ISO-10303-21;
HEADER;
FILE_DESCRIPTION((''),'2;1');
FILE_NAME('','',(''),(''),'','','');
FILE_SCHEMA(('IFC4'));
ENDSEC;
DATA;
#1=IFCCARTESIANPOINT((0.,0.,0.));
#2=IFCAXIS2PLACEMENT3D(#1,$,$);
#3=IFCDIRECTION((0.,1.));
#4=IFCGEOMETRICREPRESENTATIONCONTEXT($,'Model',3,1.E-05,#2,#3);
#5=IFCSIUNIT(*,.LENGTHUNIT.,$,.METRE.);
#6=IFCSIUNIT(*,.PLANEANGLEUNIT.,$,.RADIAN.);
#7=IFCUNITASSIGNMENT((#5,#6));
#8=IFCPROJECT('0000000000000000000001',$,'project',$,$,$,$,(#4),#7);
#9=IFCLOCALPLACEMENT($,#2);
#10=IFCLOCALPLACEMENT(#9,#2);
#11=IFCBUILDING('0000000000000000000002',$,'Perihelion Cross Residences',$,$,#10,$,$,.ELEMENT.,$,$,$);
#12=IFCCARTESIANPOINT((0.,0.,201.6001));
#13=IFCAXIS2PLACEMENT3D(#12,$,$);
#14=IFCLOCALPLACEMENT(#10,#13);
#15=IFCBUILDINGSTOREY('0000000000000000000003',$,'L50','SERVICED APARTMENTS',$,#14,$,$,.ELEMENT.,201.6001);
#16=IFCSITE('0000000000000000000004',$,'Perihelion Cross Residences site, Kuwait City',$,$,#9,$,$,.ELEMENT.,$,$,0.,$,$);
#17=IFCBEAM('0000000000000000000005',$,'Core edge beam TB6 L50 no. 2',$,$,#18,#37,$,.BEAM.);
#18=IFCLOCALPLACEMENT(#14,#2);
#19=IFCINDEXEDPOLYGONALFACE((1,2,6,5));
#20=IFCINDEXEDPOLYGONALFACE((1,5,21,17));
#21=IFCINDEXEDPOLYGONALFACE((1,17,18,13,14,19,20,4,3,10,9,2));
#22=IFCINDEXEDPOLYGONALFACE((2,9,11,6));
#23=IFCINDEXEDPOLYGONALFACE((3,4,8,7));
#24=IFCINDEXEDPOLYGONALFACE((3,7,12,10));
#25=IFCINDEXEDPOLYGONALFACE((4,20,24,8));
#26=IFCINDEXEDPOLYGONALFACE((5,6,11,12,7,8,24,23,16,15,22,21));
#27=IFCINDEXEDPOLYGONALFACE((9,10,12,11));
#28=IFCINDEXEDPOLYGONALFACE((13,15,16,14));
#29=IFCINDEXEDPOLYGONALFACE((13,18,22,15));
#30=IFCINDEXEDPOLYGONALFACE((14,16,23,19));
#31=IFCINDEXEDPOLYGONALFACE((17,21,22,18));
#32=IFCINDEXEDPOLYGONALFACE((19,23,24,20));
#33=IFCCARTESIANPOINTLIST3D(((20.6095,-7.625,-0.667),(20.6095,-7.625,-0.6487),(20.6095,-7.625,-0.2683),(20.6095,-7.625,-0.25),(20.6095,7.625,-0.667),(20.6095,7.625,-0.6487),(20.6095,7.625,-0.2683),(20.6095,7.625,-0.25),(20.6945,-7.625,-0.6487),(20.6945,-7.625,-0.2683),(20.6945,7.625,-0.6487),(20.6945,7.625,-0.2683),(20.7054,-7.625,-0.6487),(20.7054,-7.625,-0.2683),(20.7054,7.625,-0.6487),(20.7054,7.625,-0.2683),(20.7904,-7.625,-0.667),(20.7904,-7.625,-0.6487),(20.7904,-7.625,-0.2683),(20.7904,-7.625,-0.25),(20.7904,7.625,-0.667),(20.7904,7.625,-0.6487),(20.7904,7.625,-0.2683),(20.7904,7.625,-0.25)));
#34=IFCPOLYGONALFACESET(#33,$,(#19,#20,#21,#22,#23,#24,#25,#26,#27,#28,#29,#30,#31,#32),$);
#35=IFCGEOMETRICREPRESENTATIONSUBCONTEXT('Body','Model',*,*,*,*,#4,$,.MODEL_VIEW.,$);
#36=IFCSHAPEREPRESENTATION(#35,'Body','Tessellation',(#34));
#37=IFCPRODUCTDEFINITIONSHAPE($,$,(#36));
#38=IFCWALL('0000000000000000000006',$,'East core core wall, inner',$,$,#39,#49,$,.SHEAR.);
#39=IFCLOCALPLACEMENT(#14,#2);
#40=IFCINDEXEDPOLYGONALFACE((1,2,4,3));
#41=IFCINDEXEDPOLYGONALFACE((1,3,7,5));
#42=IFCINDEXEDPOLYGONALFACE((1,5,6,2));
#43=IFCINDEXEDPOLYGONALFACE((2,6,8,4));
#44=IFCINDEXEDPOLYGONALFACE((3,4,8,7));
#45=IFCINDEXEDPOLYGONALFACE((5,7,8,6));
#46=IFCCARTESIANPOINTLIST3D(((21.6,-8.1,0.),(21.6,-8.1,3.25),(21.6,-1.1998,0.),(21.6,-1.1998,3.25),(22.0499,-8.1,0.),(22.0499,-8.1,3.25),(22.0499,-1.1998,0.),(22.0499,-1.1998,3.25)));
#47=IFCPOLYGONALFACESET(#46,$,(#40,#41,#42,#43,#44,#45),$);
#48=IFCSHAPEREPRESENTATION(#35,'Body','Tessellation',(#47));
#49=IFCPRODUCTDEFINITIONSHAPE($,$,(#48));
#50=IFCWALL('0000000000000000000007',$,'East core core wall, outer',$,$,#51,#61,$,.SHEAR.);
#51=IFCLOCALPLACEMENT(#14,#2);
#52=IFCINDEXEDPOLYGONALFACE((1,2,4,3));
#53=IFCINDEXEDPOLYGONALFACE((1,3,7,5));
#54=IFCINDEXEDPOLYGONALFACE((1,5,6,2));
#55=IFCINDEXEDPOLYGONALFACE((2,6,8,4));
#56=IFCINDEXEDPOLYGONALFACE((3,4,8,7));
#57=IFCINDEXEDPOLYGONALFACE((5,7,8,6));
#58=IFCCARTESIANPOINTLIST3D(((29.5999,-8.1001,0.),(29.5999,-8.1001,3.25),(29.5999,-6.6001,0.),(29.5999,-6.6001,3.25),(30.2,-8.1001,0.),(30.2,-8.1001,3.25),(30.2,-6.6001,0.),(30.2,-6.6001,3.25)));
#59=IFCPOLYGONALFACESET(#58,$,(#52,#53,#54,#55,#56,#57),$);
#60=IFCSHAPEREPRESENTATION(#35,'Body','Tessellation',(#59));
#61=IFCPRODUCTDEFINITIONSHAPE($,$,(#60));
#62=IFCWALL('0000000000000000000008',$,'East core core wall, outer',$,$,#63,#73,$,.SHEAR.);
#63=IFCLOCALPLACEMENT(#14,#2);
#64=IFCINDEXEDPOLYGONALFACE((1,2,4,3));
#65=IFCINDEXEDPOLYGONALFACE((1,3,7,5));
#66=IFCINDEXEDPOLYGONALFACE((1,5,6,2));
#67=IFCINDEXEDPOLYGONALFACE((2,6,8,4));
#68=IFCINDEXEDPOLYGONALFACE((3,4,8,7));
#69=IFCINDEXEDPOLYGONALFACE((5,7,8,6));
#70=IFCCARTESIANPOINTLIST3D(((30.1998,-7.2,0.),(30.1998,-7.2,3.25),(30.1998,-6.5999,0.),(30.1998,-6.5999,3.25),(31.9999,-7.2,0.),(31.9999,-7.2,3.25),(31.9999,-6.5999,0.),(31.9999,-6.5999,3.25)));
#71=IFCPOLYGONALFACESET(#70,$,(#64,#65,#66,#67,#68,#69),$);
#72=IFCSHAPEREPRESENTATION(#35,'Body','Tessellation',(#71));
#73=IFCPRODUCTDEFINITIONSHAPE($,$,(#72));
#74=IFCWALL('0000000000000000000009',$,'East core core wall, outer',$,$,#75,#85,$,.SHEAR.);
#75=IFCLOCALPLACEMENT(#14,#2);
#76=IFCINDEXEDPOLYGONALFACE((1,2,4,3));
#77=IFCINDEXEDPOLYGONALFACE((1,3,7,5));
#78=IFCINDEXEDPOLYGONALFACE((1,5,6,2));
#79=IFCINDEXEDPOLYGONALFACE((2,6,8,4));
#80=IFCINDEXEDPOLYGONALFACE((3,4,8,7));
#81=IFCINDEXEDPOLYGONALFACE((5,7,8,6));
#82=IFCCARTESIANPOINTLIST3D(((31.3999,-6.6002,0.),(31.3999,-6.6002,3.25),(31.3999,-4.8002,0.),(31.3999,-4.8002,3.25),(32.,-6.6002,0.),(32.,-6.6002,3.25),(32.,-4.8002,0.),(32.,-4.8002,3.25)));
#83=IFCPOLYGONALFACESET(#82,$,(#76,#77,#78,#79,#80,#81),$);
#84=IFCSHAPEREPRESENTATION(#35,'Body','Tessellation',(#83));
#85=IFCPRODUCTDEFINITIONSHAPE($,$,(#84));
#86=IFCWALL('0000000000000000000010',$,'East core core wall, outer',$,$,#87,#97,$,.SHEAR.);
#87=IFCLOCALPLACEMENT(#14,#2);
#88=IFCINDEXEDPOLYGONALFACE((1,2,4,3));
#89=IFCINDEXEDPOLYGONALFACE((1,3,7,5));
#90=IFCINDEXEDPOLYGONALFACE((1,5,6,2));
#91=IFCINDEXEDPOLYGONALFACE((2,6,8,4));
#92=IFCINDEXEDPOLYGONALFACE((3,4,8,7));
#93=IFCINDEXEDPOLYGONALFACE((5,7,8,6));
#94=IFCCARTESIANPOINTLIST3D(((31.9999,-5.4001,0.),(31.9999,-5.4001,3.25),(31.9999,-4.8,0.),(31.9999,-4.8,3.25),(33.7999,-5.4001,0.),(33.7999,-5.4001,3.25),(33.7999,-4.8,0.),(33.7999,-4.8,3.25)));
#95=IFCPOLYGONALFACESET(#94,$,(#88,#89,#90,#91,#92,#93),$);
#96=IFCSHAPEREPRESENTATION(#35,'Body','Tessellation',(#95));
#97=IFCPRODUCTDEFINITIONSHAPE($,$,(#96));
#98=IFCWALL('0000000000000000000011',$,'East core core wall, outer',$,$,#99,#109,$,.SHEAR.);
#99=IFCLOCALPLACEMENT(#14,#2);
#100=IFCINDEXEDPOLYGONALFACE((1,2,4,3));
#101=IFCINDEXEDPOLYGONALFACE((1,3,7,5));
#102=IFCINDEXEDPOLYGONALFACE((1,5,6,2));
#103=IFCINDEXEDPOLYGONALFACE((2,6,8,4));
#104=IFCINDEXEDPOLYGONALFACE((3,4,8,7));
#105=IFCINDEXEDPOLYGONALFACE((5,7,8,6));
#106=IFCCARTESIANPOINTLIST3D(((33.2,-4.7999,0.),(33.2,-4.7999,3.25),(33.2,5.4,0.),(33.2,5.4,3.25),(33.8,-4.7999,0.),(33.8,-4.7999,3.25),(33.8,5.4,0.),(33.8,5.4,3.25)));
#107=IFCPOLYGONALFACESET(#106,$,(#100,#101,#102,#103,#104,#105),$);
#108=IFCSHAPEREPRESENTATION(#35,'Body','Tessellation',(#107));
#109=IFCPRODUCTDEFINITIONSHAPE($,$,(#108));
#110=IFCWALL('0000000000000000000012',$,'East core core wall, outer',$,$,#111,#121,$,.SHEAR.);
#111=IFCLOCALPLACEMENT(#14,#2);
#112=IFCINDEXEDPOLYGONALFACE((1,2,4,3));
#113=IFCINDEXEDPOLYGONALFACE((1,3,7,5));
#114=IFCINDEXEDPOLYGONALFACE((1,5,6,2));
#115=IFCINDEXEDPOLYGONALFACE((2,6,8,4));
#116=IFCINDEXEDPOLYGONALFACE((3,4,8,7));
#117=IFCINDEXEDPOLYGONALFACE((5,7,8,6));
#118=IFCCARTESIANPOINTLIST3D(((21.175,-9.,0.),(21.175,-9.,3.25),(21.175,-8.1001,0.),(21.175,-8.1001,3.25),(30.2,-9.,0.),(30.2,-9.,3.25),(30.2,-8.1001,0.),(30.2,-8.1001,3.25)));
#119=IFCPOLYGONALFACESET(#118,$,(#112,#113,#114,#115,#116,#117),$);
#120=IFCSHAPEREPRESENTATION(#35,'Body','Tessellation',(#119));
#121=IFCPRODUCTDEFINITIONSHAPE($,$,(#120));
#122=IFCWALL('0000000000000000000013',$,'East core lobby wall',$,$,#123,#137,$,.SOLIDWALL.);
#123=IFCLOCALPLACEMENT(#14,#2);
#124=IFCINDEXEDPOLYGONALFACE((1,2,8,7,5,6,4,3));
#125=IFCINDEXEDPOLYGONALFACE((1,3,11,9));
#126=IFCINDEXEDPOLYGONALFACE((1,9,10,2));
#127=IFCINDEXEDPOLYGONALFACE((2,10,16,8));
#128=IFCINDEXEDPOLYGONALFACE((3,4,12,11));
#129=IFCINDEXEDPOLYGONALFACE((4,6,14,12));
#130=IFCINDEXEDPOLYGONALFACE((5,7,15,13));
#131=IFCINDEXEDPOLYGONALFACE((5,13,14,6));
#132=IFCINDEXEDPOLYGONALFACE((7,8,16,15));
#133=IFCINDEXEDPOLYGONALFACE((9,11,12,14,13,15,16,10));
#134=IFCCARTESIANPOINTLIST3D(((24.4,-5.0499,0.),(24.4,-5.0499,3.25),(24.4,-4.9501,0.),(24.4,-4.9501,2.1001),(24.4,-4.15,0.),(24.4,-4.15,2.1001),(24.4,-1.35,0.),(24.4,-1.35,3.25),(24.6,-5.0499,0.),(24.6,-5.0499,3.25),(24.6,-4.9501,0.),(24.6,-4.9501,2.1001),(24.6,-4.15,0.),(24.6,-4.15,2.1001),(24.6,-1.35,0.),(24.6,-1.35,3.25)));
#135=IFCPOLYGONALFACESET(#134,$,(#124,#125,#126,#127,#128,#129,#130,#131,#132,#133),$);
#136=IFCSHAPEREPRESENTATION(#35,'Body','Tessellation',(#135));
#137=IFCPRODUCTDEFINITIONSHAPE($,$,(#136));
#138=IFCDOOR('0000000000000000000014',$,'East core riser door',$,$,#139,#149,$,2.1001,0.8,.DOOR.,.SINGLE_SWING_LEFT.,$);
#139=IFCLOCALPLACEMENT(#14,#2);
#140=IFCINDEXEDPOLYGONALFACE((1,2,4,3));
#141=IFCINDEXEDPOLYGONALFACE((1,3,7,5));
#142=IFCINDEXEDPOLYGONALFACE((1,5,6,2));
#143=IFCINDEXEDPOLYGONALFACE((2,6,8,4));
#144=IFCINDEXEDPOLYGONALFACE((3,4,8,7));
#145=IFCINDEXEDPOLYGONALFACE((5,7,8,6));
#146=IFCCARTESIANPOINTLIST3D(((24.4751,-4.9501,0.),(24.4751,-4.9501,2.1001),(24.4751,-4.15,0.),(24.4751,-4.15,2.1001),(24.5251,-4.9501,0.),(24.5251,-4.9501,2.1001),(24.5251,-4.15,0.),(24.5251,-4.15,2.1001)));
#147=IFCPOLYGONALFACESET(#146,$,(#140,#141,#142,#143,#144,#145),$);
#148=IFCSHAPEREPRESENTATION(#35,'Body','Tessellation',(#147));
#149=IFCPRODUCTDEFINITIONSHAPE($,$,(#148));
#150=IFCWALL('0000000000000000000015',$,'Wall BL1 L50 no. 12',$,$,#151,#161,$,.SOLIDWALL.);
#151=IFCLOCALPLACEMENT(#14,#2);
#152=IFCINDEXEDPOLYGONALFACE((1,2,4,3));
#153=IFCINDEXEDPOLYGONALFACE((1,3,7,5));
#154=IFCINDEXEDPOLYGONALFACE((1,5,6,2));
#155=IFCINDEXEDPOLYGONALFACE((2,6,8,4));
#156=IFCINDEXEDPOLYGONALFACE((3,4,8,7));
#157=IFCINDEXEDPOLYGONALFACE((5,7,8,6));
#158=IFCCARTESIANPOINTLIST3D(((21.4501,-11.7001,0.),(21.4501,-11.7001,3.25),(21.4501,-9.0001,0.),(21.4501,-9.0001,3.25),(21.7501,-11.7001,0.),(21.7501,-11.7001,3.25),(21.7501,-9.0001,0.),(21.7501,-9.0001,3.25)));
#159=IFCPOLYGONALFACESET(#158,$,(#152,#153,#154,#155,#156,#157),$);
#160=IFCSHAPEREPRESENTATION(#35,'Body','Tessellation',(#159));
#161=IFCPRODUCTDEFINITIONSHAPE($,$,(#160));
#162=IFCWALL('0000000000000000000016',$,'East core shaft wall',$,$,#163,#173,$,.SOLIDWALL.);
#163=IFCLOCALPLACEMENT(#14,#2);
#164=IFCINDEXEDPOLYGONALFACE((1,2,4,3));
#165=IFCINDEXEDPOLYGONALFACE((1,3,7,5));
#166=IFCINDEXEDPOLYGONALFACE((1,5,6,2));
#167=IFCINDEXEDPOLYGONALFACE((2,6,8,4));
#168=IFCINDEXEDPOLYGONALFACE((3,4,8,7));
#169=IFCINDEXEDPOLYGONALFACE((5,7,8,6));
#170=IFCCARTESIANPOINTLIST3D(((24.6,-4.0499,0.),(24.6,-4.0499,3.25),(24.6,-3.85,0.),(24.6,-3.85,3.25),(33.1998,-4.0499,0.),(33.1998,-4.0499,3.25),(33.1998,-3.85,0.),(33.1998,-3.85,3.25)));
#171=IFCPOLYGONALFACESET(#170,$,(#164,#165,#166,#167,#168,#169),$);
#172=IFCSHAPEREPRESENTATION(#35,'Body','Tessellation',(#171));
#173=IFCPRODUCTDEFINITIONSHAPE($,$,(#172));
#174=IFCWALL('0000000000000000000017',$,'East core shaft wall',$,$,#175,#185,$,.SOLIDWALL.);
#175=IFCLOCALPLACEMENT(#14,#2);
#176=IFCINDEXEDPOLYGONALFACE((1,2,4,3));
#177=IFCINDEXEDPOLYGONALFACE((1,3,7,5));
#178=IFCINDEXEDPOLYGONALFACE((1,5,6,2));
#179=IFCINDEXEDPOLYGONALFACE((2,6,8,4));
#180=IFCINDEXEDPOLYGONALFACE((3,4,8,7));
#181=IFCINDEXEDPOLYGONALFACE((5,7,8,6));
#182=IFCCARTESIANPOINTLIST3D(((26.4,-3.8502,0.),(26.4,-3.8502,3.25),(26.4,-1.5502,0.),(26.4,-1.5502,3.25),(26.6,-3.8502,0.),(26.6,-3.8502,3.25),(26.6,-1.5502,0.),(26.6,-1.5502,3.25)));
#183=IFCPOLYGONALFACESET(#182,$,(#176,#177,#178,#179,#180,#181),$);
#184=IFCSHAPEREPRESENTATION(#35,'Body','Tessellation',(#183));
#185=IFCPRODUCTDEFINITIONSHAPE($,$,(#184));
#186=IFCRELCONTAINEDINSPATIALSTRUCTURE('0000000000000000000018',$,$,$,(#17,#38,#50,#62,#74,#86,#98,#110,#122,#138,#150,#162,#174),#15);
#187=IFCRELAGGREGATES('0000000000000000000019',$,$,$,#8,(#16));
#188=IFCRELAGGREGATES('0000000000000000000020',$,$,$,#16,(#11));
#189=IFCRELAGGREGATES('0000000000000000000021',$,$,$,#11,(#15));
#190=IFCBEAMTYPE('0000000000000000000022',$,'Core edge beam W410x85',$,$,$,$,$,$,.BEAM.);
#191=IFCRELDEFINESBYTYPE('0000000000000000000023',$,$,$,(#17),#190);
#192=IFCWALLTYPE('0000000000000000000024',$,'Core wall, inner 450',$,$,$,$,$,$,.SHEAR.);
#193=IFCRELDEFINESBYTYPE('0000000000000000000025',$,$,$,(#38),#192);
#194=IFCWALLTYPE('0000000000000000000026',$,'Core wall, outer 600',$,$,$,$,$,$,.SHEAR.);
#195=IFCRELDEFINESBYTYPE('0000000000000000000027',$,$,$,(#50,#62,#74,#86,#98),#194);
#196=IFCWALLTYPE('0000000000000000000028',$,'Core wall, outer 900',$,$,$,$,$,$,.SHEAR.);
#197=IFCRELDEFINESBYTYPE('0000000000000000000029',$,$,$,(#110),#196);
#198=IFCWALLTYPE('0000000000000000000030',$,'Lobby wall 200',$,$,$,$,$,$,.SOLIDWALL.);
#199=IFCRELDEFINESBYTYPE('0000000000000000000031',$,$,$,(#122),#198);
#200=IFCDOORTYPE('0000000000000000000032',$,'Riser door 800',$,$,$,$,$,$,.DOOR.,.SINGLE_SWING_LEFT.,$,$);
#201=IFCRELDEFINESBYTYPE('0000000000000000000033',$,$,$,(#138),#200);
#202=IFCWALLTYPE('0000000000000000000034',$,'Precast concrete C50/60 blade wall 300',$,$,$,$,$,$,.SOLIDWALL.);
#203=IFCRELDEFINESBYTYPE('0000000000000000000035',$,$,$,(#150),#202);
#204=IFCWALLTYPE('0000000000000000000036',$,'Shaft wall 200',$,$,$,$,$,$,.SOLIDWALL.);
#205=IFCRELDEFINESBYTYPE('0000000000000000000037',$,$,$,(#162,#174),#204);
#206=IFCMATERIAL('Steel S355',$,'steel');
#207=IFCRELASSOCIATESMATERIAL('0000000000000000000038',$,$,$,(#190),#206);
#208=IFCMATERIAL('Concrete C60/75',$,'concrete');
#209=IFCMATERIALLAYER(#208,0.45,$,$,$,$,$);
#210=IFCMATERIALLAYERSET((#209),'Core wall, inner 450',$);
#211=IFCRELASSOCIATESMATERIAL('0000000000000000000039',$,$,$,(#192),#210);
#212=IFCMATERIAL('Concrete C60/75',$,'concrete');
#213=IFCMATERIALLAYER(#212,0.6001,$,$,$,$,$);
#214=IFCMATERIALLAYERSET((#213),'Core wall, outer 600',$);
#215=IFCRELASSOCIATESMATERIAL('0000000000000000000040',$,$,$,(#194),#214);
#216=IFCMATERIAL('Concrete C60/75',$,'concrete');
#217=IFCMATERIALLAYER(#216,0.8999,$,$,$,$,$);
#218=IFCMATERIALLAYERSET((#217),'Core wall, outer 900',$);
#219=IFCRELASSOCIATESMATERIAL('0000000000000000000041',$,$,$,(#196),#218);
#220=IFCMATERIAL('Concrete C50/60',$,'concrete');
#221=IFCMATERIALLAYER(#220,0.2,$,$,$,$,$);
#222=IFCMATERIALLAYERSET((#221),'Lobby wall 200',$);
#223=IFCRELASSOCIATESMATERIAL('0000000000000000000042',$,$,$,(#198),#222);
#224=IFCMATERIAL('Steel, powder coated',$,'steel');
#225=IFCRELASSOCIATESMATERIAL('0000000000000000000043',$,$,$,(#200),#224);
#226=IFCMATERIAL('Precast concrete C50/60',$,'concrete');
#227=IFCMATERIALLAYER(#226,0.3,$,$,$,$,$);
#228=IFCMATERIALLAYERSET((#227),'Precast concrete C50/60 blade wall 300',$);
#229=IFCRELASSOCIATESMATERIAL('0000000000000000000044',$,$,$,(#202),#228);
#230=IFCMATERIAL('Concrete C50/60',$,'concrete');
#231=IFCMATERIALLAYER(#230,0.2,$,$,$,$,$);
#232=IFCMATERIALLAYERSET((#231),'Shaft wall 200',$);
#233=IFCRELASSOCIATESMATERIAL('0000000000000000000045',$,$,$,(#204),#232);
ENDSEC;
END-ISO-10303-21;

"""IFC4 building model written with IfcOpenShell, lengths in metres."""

from ifc_helpers import new_model, si_unit, direction, frame, frame_2d, origin, origin_2d, place, context, subcontext, project, spatial, rectangle, i_section, extrude, material, layer, layer_set, material_profile, profile_set, type_object, element, fill, save


model = new_model("IFC4")

# Units and contexts
model_context = context("Model", 3, precision=1e-05, world=origin(), true_north=direction((0.0, 1.0)))
body_context = subcontext(model_context, "Body", "Model", "MODEL_VIEW")
ifc_project = project(units=[si_unit("LENGTHUNIT", "METRE"), si_unit("PLANEANGLEUNIT", "RADIAN")], contexts=[model_context])

# Site, building, storey
site_placement = place(None, origin())
site = spatial("IfcSite", under=ifc_project, at=site_placement, Name="Perihelion Cross Residences site, Kuwait City", CompositionType="ELEMENT", RefElevation=0.0)
building_placement = place(site_placement, origin())
building = spatial("IfcBuilding", under=site, at=building_placement, Name="Perihelion Cross Residences", CompositionType="ELEMENT")
storey_placement = place(building_placement, frame((0.0, 0.0, 201.6001)))
storey = spatial("IfcBuildingStorey", under=building, at=storey_placement, Name="L50", Description="SERVICED APARTMENTS", CompositionType="ELEMENT", Elevation=201.6001)

# Beam
ifc_material_1 = material(Name="Steel S355", Category="steel")
ifc_material_profile = material_profile(ifc_material_1, i_section(OverallWidth=0.1809, OverallDepth=0.417, WebThickness=0.011, FlangeThickness=0.0183, at=origin_2d()), Name="W410x85")
ifc_profile_set = profile_set([ifc_material_profile], Name="Steel S355")
beam_type = type_object("IfcBeamType", Name="Core edge beam W410x85", PredefinedType="BEAM", material=ifc_profile_set)
beam_placement = place(storey_placement, frame((20.7, -7.625, -0.4585), z_axis=(0.0, 1.0, 0.0), x_axis=(-1.0, 0.0, 0.0)))
element("IfcBeam", 1, at=beam_placement, inside=storey, type_object=beam_type, Name="Core edge beam TB6 L50 no. 2", PredefinedType="BEAM", context=body_context, shape_type="SweptSolid", body=[
    extrude(i_section(OverallWidth=0.1809, OverallDepth=0.417, WebThickness=0.011, FlangeThickness=0.0183, at=origin_2d()), origin(), (0.0, 0.0, 1.0), 15.25),
])

# Walls
ifc_material_2 = material(Name="Concrete C60/75", Category="concrete")
ifc_layer_1 = layer(ifc_material_2, 0.45)
ifc_layer_set_1 = layer_set([ifc_layer_1], Name="Core wall, inner 450")
wall_type_1 = type_object("IfcWallType", Name="Core wall, inner 450", PredefinedType="SHEAR", material=ifc_layer_set_1)
wall_1_placement = place(storey_placement, frame((21.825, -8.1001, 0.0), z_axis=(0.0, 0.0, 1.0), x_axis=(0.0, 1.0, 0.0)))
element("IfcWall", 2, at=wall_1_placement, inside=storey, type_object=wall_type_1, Name="East core core wall, inner", PredefinedType="SHEAR", context=body_context, shape_type="SweptSolid", body=[
    extrude(rectangle(XDim=6.9001, YDim=0.45, at=frame_2d((3.4502, 0.0))), origin(), (0.0, 0.0, 1.0), 3.25),
])
ifc_material_3 = material(Name="Concrete C60/75", Category="concrete")
ifc_layer_2 = layer(ifc_material_3, 0.6001)
ifc_layer_set_2 = layer_set([ifc_layer_2], Name="Core wall, outer 600")
wall_type_2 = type_object("IfcWallType", Name="Core wall, outer 600", PredefinedType="SHEAR", material=ifc_layer_set_2)
wall_2_placement = place(storey_placement, frame((29.8999, -8.1001, 0.0), z_axis=(0.0, 0.0, 1.0), x_axis=(0.0, 1.0, 0.0)))
element("IfcWall", 3, at=wall_2_placement, inside=storey, type_object=wall_type_2, Name="East core core wall, outer", PredefinedType="SHEAR", context=body_context, shape_type="SweptSolid", body=[
    extrude(rectangle(XDim=1.5, YDim=0.6001, at=frame_2d((0.75, 0.0))), origin(), (0.0, 0.0, 1.0), 3.25),
])
for number, where, z_axis, x_axis, name in (
    (4, (30.2, -6.8999, 0.0), (0.0, 0.0, 1.0), (1.0, 0.0, 0.0), "East core core wall, outer"),
    (5, (31.7, -6.6001, 0.0), (0.0, 0.0, 1.0), (0.0, 1.0, 0.0), "East core core wall, outer"),
    (6, (32.0, -5.1001, 0.0), (0.0, 0.0, 1.0), (1.0, 0.0, 0.0), "East core core wall, outer"),
):
    element("IfcWall", number, at=place(storey_placement, frame(where, z_axis=z_axis, x_axis=x_axis)), inside=storey, type_object=wall_type_2, Name=name, PredefinedType="SHEAR", context=body_context, shape_type="SweptSolid", body=[
        extrude(rectangle(XDim=1.8, YDim=0.6001, at=frame_2d((0.8999, 0.0))), origin(), (0.0, 0.0, 1.0), 3.25),
    ])
wall_3_placement = place(storey_placement, frame((33.5, -4.8, 0.0), z_axis=(0.0, 0.0, 1.0), x_axis=(0.0, 1.0, 0.0)))
element("IfcWall", 7, at=wall_3_placement, inside=storey, type_object=wall_type_2, Name="East core core wall, outer", PredefinedType="SHEAR", context=body_context, shape_type="SweptSolid", body=[
    extrude(rectangle(XDim=10.2, YDim=0.6001, at=frame_2d((5.1001, 0.0))), origin(), (0.0, 0.0, 1.0), 3.25),
])
ifc_material_4 = material(Name="Concrete C60/75", Category="concrete")
ifc_layer_3 = layer(ifc_material_4, 0.8999)
ifc_layer_set_3 = layer_set([ifc_layer_3], Name="Core wall, outer 900")
wall_type_3 = type_object("IfcWallType", Name="Core wall, outer 900", PredefinedType="SHEAR", material=ifc_layer_set_3)
wall_4_placement = place(storey_placement, frame((21.175, -8.55, 0.0), z_axis=(0.0, 0.0, 1.0), x_axis=(1.0, 0.0, 0.0)))
element("IfcWall", 8, at=wall_4_placement, inside=storey, type_object=wall_type_3, Name="East core core wall, outer", PredefinedType="SHEAR", context=body_context, shape_type="SweptSolid", body=[
    extrude(rectangle(XDim=9.0249, YDim=0.8999, at=frame_2d((4.5125, 0.0))), origin(), (0.0, 0.0, 1.0), 3.25),
])

# Wall, opening, door
ifc_material_5 = material(Name="Concrete C50/60", Category="concrete")
ifc_layer_4 = layer(ifc_material_5, 0.2)
ifc_layer_set_4 = layer_set([ifc_layer_4], Name="Lobby wall 200")
wall_type_4 = type_object("IfcWallType", Name="Lobby wall 200", PredefinedType="SOLIDWALL", material=ifc_layer_set_4)
wall_5_placement = place(storey_placement, frame((24.5, -5.05, 0.0), z_axis=(0.0, 0.0, 1.0), x_axis=(0.0, 1.0, 0.0)))
wall_5 = element("IfcWall", 9, at=wall_5_placement, inside=storey, type_object=wall_type_4, Name="East core lobby wall", PredefinedType="SOLIDWALL", context=body_context, shape_type="SweptSolid", body=[
    extrude(rectangle(XDim=3.7, YDim=0.2, at=frame_2d((1.8501, 0.0))), origin(), (0.0, 0.0, 1.0), 3.25),
])
opening_1_placement = place(wall_5_placement, frame((0.1001, 0.0, 0.0)))
opening_1 = element("IfcOpeningElement", 10, at=opening_1_placement, cuts=wall_5, PredefinedType="OPENING", context=body_context, shape_type="SweptSolid", body=[
    extrude(rectangle(XDim=0.8, YDim=2.1001, at=frame_2d((0.3999, 1.05))), frame((0.0, 0.1099, 0.0), z_axis=(0.0, -1.0, 0.0), x_axis=(1.0, 0.0, 0.0)), (0.0, 0.0, 1.0), 0.22),
])
ifc_material_6 = material(Name="Steel, powder coated", Category="steel")
door_type_1 = type_object("IfcDoorType", Name="Riser door 800", OperationType="SINGLE_SWING_LEFT", PredefinedType="DOOR", material=ifc_material_6)
door_1_placement = place(opening_1_placement, origin())
door_1 = element("IfcDoor", 11, at=door_1_placement, inside=storey, type_object=door_type_1, Name="East core riser door", OperationType="SINGLE_SWING_LEFT", OverallHeight=2.1001, OverallWidth=0.8, PredefinedType="DOOR", context=body_context, shape_type="SweptSolid", body=[
    extrude(rectangle(XDim=0.8, YDim=2.1001, at=frame_2d((0.3999, 1.05))), frame((0.0, 0.0249, 0.0), z_axis=(0.0, -1.0, 0.0), x_axis=(1.0, 0.0, 0.0)), (0.0, 0.0, 1.0), 0.05),
])
fill(opening_1, door_1)

# Walls
ifc_material_7 = material(Name="Precast concrete C50/60", Category="concrete")
ifc_layer_5 = layer(ifc_material_7, 0.3)
ifc_layer_set_5 = layer_set([ifc_layer_5], Name="Precast concrete C50/60 blade wall 300")
wall_type_5 = type_object("IfcWallType", Name="Precast concrete C50/60 blade wall 300", PredefinedType="SOLIDWALL", material=ifc_layer_set_5)
wall_6_placement = place(storey_placement, frame((21.6001, -9.0, 0.0), z_axis=(0.0, 0.0, 1.0), x_axis=(0.0, -1.0, 0.0)))
element("IfcWall", 12, at=wall_6_placement, inside=storey, type_object=wall_type_5, Name="Wall BL1 L50 no. 12", PredefinedType="SOLIDWALL", context=body_context, shape_type="SweptSolid", body=[
    extrude(rectangle(XDim=2.7, YDim=0.3, at=frame_2d((1.3501, 0.0))), origin(), (0.0, 0.0, 1.0), 3.25),
])
ifc_material_8 = material(Name="Concrete C50/60", Category="concrete")
ifc_layer_6 = layer(ifc_material_8, 0.2)
ifc_layer_set_6 = layer_set([ifc_layer_6], Name="Shaft wall 200")
wall_type_6 = type_object("IfcWallType", Name="Shaft wall 200", PredefinedType="SOLIDWALL", material=ifc_layer_set_6)
wall_7_placement = place(storey_placement, frame((24.6001, -3.95, 0.0), z_axis=(0.0, 0.0, 1.0), x_axis=(1.0, 0.0, 0.0)))
element("IfcWall", 13, at=wall_7_placement, inside=storey, type_object=wall_type_6, Name="East core shaft wall", PredefinedType="SOLIDWALL", context=body_context, shape_type="SweptSolid", body=[
    extrude(rectangle(XDim=8.5999, YDim=0.2, at=frame_2d((4.2998, 0.0))), origin(), (0.0, 0.0, 1.0), 3.25),
])
for number, where, z_axis, x_axis, name in (
    (14, (26.5, -3.8501, 0.0), (0.0, 0.0, 1.0), (0.0, 1.0, 0.0), "East core shaft wall"),
):
    element("IfcWall", number, at=place(storey_placement, frame(where, z_axis=z_axis, x_axis=x_axis)), inside=storey, type_object=wall_type_6, Name=name, PredefinedType="SOLIDWALL", context=body_context, shape_type="SweptSolid", body=[
        extrude(rectangle(XDim=2.3, YDim=0.2, at=frame_2d((1.1499, 0.0))), origin(), (0.0, 0.0, 1.0), 3.25),
    ])

save(model, "model.ifc")
